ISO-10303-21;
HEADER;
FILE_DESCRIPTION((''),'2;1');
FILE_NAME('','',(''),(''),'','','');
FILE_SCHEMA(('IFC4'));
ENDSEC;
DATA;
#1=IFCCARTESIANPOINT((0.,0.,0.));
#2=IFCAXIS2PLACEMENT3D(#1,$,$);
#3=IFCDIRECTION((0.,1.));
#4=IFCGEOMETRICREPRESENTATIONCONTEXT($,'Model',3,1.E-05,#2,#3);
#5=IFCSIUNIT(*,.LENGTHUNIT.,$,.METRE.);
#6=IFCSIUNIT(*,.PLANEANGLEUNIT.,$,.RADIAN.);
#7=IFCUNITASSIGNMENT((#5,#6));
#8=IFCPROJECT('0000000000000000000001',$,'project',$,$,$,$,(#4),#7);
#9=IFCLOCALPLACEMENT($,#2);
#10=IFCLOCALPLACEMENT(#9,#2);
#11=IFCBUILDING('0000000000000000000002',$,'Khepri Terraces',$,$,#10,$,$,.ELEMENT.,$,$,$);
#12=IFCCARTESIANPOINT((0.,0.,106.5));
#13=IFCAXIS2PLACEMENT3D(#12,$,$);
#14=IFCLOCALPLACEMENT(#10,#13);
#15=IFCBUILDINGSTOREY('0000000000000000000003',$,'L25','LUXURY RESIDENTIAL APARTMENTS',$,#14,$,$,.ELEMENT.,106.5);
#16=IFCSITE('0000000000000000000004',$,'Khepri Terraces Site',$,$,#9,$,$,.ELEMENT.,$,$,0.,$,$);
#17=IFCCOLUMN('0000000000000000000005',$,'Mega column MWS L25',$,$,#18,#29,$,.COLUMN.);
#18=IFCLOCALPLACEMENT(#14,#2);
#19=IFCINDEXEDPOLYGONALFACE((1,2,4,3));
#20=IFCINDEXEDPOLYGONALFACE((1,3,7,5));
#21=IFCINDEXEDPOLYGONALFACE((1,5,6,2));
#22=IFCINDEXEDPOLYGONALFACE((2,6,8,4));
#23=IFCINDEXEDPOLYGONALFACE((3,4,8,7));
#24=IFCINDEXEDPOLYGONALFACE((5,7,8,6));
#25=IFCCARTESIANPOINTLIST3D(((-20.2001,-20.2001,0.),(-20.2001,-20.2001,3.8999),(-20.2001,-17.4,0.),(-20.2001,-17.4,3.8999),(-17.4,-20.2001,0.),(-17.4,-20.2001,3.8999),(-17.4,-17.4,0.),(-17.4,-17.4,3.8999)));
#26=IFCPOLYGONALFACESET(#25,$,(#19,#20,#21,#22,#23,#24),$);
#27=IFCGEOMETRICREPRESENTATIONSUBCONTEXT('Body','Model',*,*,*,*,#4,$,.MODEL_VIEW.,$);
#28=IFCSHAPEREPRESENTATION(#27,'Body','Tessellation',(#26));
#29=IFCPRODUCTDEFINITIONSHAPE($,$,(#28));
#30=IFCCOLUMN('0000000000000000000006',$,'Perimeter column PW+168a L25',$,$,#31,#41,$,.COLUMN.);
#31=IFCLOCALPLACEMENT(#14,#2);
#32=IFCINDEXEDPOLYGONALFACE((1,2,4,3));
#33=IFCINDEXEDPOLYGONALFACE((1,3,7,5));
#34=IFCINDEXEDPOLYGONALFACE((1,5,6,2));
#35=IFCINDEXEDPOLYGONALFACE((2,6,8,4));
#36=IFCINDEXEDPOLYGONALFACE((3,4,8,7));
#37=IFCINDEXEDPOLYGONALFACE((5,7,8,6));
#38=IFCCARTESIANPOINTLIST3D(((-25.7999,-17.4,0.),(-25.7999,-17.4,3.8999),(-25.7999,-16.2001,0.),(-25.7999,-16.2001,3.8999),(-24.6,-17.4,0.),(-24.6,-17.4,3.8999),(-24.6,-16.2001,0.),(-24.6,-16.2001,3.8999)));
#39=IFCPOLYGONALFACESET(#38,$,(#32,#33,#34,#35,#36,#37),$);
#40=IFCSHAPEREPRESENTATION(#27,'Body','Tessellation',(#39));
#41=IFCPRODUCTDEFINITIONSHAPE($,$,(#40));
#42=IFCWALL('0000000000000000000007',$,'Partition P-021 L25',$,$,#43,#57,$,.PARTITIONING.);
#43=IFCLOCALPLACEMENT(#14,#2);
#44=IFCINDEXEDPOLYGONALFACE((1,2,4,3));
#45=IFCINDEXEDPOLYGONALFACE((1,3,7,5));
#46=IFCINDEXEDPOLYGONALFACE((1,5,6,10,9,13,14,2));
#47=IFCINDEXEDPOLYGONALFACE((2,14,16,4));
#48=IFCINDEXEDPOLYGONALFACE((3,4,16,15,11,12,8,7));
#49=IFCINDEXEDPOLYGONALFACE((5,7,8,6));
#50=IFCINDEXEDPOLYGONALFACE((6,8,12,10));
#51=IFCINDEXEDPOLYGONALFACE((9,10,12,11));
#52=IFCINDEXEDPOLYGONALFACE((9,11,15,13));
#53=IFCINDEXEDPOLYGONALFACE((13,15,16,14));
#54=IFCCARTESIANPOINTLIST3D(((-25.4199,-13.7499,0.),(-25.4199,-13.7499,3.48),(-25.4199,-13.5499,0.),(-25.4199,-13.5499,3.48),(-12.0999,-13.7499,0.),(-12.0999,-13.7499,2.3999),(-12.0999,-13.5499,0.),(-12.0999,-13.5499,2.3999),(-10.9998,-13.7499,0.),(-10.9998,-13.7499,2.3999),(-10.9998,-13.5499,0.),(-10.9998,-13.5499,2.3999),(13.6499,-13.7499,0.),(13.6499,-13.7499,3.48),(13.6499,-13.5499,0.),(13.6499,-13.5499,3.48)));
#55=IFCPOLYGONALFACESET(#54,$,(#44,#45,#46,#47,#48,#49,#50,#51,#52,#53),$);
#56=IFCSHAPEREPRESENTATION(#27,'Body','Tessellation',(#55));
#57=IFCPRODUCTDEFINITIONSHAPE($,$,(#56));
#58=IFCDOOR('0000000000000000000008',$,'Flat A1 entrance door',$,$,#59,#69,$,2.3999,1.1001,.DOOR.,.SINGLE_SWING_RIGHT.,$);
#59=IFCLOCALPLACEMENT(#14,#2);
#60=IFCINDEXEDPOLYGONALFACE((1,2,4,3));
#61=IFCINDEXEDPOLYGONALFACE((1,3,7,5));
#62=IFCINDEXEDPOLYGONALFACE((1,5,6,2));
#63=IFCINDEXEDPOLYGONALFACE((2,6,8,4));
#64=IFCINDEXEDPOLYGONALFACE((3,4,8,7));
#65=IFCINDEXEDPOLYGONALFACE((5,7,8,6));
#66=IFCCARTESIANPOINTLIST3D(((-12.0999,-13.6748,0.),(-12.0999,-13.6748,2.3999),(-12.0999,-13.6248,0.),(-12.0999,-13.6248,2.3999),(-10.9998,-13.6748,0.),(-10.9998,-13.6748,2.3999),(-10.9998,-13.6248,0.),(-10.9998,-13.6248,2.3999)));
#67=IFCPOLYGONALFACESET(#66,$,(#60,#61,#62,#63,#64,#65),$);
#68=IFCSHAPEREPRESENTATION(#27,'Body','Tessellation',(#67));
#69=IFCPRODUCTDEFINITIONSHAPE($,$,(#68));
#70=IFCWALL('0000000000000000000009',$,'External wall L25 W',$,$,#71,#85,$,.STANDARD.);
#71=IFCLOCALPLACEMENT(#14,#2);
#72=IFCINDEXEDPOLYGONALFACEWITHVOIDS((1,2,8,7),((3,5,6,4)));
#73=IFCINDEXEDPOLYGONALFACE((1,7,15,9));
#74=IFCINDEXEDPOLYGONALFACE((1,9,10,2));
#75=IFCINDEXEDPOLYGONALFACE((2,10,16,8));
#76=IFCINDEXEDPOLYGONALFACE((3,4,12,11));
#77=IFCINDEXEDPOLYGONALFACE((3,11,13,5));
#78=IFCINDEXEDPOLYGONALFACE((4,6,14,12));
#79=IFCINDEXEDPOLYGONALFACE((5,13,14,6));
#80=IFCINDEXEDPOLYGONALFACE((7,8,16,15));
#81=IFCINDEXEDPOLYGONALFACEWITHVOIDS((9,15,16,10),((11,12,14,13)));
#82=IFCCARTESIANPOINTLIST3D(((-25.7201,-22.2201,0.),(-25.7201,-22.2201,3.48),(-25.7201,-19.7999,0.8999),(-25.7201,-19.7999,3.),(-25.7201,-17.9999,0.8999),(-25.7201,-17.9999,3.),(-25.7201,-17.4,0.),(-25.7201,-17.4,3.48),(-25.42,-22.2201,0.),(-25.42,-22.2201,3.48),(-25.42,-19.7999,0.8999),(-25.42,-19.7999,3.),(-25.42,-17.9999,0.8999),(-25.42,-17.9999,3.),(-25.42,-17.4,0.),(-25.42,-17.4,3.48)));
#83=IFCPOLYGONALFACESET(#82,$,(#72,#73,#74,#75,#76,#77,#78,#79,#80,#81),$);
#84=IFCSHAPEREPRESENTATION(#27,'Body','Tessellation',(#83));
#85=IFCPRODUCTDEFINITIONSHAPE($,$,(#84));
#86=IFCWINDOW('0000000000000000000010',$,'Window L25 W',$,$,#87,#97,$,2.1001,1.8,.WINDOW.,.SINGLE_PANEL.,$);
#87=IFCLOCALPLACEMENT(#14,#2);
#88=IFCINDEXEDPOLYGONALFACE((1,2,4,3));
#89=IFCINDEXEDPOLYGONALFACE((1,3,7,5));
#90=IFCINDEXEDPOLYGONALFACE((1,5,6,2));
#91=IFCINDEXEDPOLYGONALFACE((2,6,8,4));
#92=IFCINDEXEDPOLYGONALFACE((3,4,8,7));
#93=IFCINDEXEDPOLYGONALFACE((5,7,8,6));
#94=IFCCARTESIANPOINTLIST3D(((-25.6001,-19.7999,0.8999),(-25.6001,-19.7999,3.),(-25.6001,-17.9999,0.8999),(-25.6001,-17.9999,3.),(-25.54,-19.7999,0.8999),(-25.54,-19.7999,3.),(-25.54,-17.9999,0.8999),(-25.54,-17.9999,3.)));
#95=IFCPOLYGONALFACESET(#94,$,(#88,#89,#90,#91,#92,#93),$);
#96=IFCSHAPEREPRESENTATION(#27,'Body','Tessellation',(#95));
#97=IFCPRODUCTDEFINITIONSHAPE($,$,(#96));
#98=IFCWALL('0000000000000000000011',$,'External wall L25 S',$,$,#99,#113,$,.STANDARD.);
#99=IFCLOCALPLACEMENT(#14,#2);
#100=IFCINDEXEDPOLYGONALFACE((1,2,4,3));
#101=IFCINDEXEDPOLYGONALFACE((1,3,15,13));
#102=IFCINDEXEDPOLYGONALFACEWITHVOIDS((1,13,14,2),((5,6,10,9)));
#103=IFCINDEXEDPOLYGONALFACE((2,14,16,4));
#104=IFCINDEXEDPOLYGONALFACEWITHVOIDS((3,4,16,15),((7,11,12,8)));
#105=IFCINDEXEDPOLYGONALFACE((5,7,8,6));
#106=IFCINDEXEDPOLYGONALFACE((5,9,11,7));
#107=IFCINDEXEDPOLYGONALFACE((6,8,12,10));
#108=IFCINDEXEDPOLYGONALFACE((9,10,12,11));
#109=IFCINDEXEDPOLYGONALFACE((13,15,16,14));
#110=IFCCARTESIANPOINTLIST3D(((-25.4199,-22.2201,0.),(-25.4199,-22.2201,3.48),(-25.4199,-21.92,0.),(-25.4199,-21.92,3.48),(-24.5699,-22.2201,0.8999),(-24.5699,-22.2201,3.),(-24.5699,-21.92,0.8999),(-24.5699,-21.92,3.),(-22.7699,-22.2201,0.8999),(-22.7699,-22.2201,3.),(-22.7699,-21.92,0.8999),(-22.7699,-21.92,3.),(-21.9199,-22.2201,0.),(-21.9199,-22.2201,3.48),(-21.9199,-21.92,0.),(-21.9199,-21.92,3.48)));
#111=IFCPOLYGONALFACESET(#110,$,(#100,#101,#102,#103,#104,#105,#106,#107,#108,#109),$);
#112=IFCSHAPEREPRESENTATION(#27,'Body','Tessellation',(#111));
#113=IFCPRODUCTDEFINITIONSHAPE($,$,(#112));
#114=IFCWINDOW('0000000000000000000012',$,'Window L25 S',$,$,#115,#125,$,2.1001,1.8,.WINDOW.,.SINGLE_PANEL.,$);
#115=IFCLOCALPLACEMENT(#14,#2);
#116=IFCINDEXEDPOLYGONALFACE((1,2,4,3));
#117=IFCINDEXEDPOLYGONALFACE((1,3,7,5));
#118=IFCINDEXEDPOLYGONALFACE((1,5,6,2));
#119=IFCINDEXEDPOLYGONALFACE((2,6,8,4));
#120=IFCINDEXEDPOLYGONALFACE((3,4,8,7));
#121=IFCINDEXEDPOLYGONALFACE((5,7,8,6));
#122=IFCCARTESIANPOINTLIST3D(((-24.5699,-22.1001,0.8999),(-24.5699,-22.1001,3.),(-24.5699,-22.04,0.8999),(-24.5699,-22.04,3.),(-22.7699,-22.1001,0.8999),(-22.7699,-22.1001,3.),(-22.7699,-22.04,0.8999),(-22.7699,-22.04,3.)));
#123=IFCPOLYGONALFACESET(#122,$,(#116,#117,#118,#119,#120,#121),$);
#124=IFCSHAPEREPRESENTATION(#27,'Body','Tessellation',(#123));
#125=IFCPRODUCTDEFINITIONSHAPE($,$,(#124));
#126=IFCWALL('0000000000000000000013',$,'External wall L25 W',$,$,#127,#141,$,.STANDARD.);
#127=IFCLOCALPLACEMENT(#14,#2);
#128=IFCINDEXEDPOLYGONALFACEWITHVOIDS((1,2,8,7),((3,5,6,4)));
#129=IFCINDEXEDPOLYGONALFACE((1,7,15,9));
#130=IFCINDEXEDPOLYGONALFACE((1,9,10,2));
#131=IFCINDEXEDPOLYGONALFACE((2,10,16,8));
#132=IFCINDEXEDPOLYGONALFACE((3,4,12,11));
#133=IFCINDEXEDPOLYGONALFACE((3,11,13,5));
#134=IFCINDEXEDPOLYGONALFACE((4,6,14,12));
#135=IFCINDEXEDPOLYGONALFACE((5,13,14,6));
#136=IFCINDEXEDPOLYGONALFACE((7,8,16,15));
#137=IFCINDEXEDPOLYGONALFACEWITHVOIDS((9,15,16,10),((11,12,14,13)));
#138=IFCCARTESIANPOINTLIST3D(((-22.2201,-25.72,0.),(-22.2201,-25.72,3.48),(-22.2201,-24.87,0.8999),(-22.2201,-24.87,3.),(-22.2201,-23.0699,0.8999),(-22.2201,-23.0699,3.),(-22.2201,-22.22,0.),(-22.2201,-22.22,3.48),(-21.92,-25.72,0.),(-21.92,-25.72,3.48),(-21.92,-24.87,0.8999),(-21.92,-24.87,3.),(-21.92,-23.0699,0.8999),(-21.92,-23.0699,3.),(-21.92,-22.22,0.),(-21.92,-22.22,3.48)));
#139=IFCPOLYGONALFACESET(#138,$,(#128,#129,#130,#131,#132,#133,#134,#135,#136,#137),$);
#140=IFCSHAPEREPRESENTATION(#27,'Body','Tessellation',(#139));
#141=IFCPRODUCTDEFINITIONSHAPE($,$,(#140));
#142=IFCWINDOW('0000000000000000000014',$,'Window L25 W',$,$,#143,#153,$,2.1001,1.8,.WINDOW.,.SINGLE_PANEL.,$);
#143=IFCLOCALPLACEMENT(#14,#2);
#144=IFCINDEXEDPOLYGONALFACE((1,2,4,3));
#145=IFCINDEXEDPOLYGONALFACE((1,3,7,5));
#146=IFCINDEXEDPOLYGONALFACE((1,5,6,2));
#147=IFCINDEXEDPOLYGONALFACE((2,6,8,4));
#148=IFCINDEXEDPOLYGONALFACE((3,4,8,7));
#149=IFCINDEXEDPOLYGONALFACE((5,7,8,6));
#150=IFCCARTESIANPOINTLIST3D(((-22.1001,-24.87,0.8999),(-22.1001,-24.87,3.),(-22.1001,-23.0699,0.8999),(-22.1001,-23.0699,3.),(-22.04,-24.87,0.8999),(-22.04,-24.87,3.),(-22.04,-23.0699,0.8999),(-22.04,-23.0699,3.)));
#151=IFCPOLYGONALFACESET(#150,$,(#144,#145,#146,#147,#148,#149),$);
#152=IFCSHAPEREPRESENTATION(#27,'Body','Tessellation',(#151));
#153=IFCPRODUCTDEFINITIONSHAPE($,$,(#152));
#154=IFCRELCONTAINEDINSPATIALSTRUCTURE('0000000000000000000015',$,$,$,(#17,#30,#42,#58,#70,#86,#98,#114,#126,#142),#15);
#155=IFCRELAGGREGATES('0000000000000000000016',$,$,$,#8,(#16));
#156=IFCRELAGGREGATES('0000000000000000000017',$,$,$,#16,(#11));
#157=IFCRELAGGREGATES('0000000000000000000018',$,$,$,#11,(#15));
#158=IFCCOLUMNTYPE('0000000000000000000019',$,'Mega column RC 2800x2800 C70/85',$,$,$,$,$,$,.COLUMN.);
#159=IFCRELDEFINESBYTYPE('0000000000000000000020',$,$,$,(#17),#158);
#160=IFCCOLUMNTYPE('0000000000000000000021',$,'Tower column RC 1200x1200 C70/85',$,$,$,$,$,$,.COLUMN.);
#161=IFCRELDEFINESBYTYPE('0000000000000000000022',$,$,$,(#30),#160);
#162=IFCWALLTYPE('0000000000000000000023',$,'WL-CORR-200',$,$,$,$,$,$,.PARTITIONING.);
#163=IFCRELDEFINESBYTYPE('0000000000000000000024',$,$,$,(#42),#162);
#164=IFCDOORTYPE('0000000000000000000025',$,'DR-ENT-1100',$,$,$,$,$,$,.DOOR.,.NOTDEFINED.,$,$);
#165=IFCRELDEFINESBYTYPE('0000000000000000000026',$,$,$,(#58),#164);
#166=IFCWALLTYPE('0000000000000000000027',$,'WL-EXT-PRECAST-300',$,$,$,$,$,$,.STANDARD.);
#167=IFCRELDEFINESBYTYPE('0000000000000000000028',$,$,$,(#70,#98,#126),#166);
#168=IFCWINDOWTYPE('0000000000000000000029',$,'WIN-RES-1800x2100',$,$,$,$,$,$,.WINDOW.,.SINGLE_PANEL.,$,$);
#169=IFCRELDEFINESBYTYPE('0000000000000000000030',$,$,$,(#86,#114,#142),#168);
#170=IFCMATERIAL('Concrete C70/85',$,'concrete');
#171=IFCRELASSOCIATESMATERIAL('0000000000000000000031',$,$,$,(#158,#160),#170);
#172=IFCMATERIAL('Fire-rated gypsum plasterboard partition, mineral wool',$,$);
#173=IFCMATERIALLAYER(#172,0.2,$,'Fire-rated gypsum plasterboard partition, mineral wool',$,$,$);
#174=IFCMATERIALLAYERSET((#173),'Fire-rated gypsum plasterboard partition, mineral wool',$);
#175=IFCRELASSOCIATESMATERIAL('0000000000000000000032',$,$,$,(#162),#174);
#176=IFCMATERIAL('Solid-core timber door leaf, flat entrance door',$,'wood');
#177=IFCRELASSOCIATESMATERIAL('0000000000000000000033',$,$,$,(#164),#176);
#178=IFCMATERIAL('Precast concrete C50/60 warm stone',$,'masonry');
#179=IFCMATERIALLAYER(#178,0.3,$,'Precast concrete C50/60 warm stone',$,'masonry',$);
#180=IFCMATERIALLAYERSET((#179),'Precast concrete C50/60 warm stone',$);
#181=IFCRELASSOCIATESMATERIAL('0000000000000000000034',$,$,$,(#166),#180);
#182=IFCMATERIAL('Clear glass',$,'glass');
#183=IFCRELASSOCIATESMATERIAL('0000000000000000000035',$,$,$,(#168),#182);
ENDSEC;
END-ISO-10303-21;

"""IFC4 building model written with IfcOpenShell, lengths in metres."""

from ifc_helpers import new_model, si_unit, direction, frame, frame_2d, origin, origin_2d, place, context, subcontext, project, spatial, rectangle, extrude, material, layer, layer_set, material_profile, profile_set, type_object, element, fill, save


model = new_model("IFC4")

# Units and contexts
model_context = context("Model", 3, precision=1e-05, world=origin(), true_north=direction((0.0, 1.0)))
body_context = subcontext(model_context, "Body", "Model", "MODEL_VIEW")
ifc_project = project(units=[si_unit("LENGTHUNIT", "METRE"), si_unit("PLANEANGLEUNIT", "RADIAN")], contexts=[model_context])

# Site, building, storey
site_placement = place(None, origin())
site = spatial("IfcSite", under=ifc_project, at=site_placement, Name="Khepri Terraces Site", CompositionType="ELEMENT", RefElevation=0.0)
building_placement = place(site_placement, origin())
building = spatial("IfcBuilding", under=site, at=building_placement, Name="Khepri Terraces", CompositionType="ELEMENT")
storey_placement = place(building_placement, frame((0.0, 0.0, 106.5)))
storey = spatial("IfcBuildingStorey", under=building, at=storey_placement, Name="L25", Description="LUXURY RESIDENTIAL APARTMENTS", CompositionType="ELEMENT", Elevation=106.5)

# Columns
ifc_material_1 = material(Name="Concrete C70/85", Category="concrete")
ifc_material_profile_1 = material_profile(ifc_material_1, rectangle(XDim=2.8, YDim=2.8, at=origin_2d()), Name="Concrete C70/85", Category="concrete")
ifc_profile_set_1 = profile_set([ifc_material_profile_1], Name="Concrete C70/85")
column_type_1 = type_object("IfcColumnType", Name="Mega column RC 2800x2800 C70/85", PredefinedType="COLUMN", material=ifc_profile_set_1)
column_1_placement = place(storey_placement, frame((-18.8, -18.8, 0.0), z_axis=(0.0, 0.0, 1.0), x_axis=(1.0, 0.0, 0.0)))
element("IfcColumn", 1, at=column_1_placement, inside=storey, type_object=column_type_1, Name="Mega column MWS L25", PredefinedType="COLUMN", context=body_context, shape_type="SweptSolid", body=[
    extrude(rectangle(XDim=2.8, YDim=2.8, at=origin_2d()), origin(), (0.0, 0.0, 1.0), 3.8999),
])
ifc_material_profile_2 = material_profile(ifc_material_1, rectangle(XDim=1.2, YDim=1.2, at=origin_2d()), Name="Concrete C70/85", Category="concrete")
ifc_profile_set_2 = profile_set([ifc_material_profile_2], Name="Concrete C70/85")
column_type_2 = type_object("IfcColumnType", Name="Tower column RC 1200x1200 C70/85", PredefinedType="COLUMN", material=ifc_profile_set_2)
column_2_placement = place(storey_placement, frame((-25.2, -16.8, 0.0), z_axis=(0.0, 0.0, 1.0), x_axis=(1.0, 0.0, 0.0)))
element("IfcColumn", 2, at=column_2_placement, inside=storey, type_object=column_type_2, Name="Perimeter column PW+168a L25", PredefinedType="COLUMN", context=body_context, shape_type="SweptSolid", body=[
    extrude(rectangle(XDim=1.2, YDim=1.2, at=origin_2d()), origin(), (0.0, 0.0, 1.0), 3.8999),
])

# Wall, opening, door
ifc_material_2 = material(Name="Fire-rated gypsum plasterboard partition, mineral wool")
ifc_layer_1 = layer(ifc_material_2, 0.2, Name="Fire-rated gypsum plasterboard partition, mineral wool")
ifc_layer_set_1 = layer_set([ifc_layer_1], Name="Fire-rated gypsum plasterboard partition, mineral wool")
wall_type_1 = type_object("IfcWallType", Name="WL-CORR-200", PredefinedType="PARTITIONING", material=ifc_layer_set_1)
wall_1_placement = place(storey_placement, frame((-25.4199, -13.6499, 0.0), z_axis=(0.0, 0.0, 1.0), x_axis=(1.0, 0.0, 0.0)))
wall_1 = element("IfcWall", 3, at=wall_1_placement, inside=storey, type_object=wall_type_1, Name="Partition P-021 L25", PredefinedType="PARTITIONING", context=body_context, shape_type="SweptSolid", body=[
    extrude(rectangle(XDim=39.0698, YDim=0.2, at=frame_2d((19.5349, 0.0))), origin(), (0.0, 0.0, 1.0), 3.48),
])
opening_1_placement = place(wall_1_placement, frame((13.3201, 0.0, 0.0)))
opening_1 = element("IfcOpeningElement", 4, at=opening_1_placement, cuts=wall_1, PredefinedType="OPENING", context=body_context, shape_type="SweptSolid", body=[
    extrude(rectangle(XDim=1.1001, YDim=2.3999, at=frame_2d((0.55, 1.2))), frame((0.0, 0.1099, 0.0), z_axis=(0.0, -1.0, 0.0), x_axis=(1.0, 0.0, 0.0)), (0.0, 0.0, 1.0), 0.22),
])
ifc_material_3 = material(Name="Solid-core timber door leaf, flat entrance door", Category="wood")
door_type_1 = type_object("IfcDoorType", Name="DR-ENT-1100", OperationType="NOTDEFINED", PredefinedType="DOOR", material=ifc_material_3)
door_1_placement = place(opening_1_placement, frame((1.1001, 0.0, 0.0), z_axis=(0.0, 0.0, 1.0), x_axis=(-1.0, 0.0, 0.0)))
door_1 = element("IfcDoor", 5, at=door_1_placement, inside=storey, type_object=door_type_1, Name="Flat A1 entrance door", OperationType="SINGLE_SWING_RIGHT", OverallHeight=2.3999, OverallWidth=1.1001, PredefinedType="DOOR", context=body_context, shape_type="SweptSolid", body=[
    extrude(rectangle(XDim=1.1001, YDim=2.3999, at=frame_2d((0.55, 1.2))), frame((0.0, 0.0249, 0.0), z_axis=(0.0, -1.0, 0.0), x_axis=(1.0, 0.0, 0.0)), (0.0, 0.0, 1.0), 0.05),
])
fill(opening_1, door_1)

# Walls, openings, windows
ifc_material_4 = material(Name="Precast concrete C50/60 warm stone", Category="masonry")
ifc_layer_2 = layer(ifc_material_4, 0.3, Name="Precast concrete C50/60 warm stone", Category="masonry")
ifc_layer_set_2 = layer_set([ifc_layer_2], Name="Precast concrete C50/60 warm stone")
wall_type_2 = type_object("IfcWallType", Name="WL-EXT-PRECAST-300", PredefinedType="STANDARD", material=ifc_layer_set_2)
wall_2_placement = place(storey_placement, frame((-25.5701, -17.3999, 0.0), z_axis=(0.0, 0.0, 1.0), x_axis=(0.0, -1.0, 0.0)))
wall_2 = element("IfcWall", 6, at=wall_2_placement, inside=storey, type_object=wall_type_2, Name="External wall L25 W", PredefinedType="STANDARD", context=body_context, shape_type="SweptSolid", body=[
    extrude(rectangle(XDim=4.8201, YDim=0.3, at=frame_2d((2.4102, 0.0))), origin(), (0.0, 0.0, 1.0), 3.48),
])
opening_2_placement = place(wall_2_placement, frame((0.6001, 0.0, 0.8999)))
opening_2 = element("IfcOpeningElement", 7, at=opening_2_placement, cuts=wall_2, PredefinedType="OPENING", context=body_context, shape_type="SweptSolid", body=[
    extrude(rectangle(XDim=1.8, YDim=2.1001, at=frame_2d((0.8999, 1.05))), frame((0.0, 0.1602, 0.0), z_axis=(0.0, -1.0, 0.0), x_axis=(1.0, 0.0, 0.0)), (0.0, 0.0, 1.0), 0.3201),
])
ifc_material_5 = material(Name="Clear glass", Category="glass")
window_type = type_object("IfcWindowType", Name="WIN-RES-1800x2100", PartitioningType="SINGLE_PANEL", PredefinedType="WINDOW", material=ifc_material_5)
window_1_placement = place(opening_2_placement, origin())
window_1 = element("IfcWindow", 8, at=window_1_placement, inside=storey, type_object=window_type, Name="Window L25 W", OverallHeight=2.1001, OverallWidth=1.8, PartitioningType="SINGLE_PANEL", PredefinedType="WINDOW", context=body_context, shape_type="SweptSolid", body=[
    extrude(rectangle(XDim=1.8, YDim=2.1001, at=frame_2d((0.8999, 1.05))), frame((0.0, 0.03, 0.0), z_axis=(0.0, -1.0, 0.0), x_axis=(1.0, 0.0, 0.0)), (0.0, 0.0, 1.0), 0.0601),
])
fill(opening_2, window_1)
wall_3_placement = place(storey_placement, frame((-25.4199, -22.0701, 0.0), z_axis=(0.0, 0.0, 1.0), x_axis=(1.0, 0.0, 0.0)))
wall_3 = element("IfcWall", 9, at=wall_3_placement, inside=storey, type_object=wall_type_2, Name="External wall L25 S", PredefinedType="STANDARD", context=body_context, shape_type="SweptSolid", body=[
    extrude(rectangle(XDim=3.5, YDim=0.3, at=frame_2d((1.75, 0.0))), origin(), (0.0, 0.0, 1.0), 3.48),
])
opening_3_placement = place(wall_3_placement, frame((0.8501, 0.0, 0.8999)))
opening_3 = element("IfcOpeningElement", 10, at=opening_3_placement, cuts=wall_3, PredefinedType="OPENING", context=body_context, shape_type="SweptSolid", body=[
    extrude(rectangle(XDim=1.8, YDim=2.1001, at=frame_2d((0.8999, 1.05))), frame((0.0, 0.1602, 0.0), z_axis=(0.0, -1.0, 0.0), x_axis=(1.0, 0.0, 0.0)), (0.0, 0.0, 1.0), 0.3201),
])
window_2_placement = place(opening_3_placement, origin())
window_2 = element("IfcWindow", 11, at=window_2_placement, inside=storey, type_object=window_type, Name="Window L25 S", OverallHeight=2.1001, OverallWidth=1.8, PartitioningType="SINGLE_PANEL", PredefinedType="WINDOW", context=body_context, shape_type="SweptSolid", body=[
    extrude(rectangle(XDim=1.8, YDim=2.1001, at=frame_2d((0.8999, 1.05))), frame((0.0, 0.03, 0.0), z_axis=(0.0, -1.0, 0.0), x_axis=(1.0, 0.0, 0.0)), (0.0, 0.0, 1.0), 0.0601),
])
fill(opening_3, window_2)
wall_4_placement = place(storey_placement, frame((-22.0701, -22.22, 0.0), z_axis=(0.0, 0.0, 1.0), x_axis=(0.0, -1.0, 0.0)))
wall_4 = element("IfcWall", 12, at=wall_4_placement, inside=storey, type_object=wall_type_2, Name="External wall L25 W", PredefinedType="STANDARD", context=body_context, shape_type="SweptSolid", body=[
    extrude(rectangle(XDim=3.5, YDim=0.3, at=frame_2d((1.75, 0.0))), origin(), (0.0, 0.0, 1.0), 3.48),
])
opening_4_placement = place(wall_4_placement, frame((0.8501, 0.0, 0.8999)))
opening_4 = element("IfcOpeningElement", 13, at=opening_4_placement, cuts=wall_4, PredefinedType="OPENING", context=body_context, shape_type="SweptSolid", body=[
    extrude(rectangle(XDim=1.8, YDim=2.1001, at=frame_2d((0.8999, 1.05))), frame((0.0, 0.1602, 0.0), z_axis=(0.0, -1.0, 0.0), x_axis=(1.0, 0.0, 0.0)), (0.0, 0.0, 1.0), 0.3201),
])
window_3_placement = place(opening_4_placement, origin())
window_3 = element("IfcWindow", 14, at=window_3_placement, inside=storey, type_object=window_type, Name="Window L25 W", OverallHeight=2.1001, OverallWidth=1.8, PartitioningType="SINGLE_PANEL", PredefinedType="WINDOW", context=body_context, shape_type="SweptSolid", body=[
    extrude(rectangle(XDim=1.8, YDim=2.1001, at=frame_2d((0.8999, 1.05))), frame((0.0, 0.03, 0.0), z_axis=(0.0, -1.0, 0.0), x_axis=(1.0, 0.0, 0.0)), (0.0, 0.0, 1.0), 0.0601),
])
fill(opening_4, window_3)

save(model, "model.ifc")
